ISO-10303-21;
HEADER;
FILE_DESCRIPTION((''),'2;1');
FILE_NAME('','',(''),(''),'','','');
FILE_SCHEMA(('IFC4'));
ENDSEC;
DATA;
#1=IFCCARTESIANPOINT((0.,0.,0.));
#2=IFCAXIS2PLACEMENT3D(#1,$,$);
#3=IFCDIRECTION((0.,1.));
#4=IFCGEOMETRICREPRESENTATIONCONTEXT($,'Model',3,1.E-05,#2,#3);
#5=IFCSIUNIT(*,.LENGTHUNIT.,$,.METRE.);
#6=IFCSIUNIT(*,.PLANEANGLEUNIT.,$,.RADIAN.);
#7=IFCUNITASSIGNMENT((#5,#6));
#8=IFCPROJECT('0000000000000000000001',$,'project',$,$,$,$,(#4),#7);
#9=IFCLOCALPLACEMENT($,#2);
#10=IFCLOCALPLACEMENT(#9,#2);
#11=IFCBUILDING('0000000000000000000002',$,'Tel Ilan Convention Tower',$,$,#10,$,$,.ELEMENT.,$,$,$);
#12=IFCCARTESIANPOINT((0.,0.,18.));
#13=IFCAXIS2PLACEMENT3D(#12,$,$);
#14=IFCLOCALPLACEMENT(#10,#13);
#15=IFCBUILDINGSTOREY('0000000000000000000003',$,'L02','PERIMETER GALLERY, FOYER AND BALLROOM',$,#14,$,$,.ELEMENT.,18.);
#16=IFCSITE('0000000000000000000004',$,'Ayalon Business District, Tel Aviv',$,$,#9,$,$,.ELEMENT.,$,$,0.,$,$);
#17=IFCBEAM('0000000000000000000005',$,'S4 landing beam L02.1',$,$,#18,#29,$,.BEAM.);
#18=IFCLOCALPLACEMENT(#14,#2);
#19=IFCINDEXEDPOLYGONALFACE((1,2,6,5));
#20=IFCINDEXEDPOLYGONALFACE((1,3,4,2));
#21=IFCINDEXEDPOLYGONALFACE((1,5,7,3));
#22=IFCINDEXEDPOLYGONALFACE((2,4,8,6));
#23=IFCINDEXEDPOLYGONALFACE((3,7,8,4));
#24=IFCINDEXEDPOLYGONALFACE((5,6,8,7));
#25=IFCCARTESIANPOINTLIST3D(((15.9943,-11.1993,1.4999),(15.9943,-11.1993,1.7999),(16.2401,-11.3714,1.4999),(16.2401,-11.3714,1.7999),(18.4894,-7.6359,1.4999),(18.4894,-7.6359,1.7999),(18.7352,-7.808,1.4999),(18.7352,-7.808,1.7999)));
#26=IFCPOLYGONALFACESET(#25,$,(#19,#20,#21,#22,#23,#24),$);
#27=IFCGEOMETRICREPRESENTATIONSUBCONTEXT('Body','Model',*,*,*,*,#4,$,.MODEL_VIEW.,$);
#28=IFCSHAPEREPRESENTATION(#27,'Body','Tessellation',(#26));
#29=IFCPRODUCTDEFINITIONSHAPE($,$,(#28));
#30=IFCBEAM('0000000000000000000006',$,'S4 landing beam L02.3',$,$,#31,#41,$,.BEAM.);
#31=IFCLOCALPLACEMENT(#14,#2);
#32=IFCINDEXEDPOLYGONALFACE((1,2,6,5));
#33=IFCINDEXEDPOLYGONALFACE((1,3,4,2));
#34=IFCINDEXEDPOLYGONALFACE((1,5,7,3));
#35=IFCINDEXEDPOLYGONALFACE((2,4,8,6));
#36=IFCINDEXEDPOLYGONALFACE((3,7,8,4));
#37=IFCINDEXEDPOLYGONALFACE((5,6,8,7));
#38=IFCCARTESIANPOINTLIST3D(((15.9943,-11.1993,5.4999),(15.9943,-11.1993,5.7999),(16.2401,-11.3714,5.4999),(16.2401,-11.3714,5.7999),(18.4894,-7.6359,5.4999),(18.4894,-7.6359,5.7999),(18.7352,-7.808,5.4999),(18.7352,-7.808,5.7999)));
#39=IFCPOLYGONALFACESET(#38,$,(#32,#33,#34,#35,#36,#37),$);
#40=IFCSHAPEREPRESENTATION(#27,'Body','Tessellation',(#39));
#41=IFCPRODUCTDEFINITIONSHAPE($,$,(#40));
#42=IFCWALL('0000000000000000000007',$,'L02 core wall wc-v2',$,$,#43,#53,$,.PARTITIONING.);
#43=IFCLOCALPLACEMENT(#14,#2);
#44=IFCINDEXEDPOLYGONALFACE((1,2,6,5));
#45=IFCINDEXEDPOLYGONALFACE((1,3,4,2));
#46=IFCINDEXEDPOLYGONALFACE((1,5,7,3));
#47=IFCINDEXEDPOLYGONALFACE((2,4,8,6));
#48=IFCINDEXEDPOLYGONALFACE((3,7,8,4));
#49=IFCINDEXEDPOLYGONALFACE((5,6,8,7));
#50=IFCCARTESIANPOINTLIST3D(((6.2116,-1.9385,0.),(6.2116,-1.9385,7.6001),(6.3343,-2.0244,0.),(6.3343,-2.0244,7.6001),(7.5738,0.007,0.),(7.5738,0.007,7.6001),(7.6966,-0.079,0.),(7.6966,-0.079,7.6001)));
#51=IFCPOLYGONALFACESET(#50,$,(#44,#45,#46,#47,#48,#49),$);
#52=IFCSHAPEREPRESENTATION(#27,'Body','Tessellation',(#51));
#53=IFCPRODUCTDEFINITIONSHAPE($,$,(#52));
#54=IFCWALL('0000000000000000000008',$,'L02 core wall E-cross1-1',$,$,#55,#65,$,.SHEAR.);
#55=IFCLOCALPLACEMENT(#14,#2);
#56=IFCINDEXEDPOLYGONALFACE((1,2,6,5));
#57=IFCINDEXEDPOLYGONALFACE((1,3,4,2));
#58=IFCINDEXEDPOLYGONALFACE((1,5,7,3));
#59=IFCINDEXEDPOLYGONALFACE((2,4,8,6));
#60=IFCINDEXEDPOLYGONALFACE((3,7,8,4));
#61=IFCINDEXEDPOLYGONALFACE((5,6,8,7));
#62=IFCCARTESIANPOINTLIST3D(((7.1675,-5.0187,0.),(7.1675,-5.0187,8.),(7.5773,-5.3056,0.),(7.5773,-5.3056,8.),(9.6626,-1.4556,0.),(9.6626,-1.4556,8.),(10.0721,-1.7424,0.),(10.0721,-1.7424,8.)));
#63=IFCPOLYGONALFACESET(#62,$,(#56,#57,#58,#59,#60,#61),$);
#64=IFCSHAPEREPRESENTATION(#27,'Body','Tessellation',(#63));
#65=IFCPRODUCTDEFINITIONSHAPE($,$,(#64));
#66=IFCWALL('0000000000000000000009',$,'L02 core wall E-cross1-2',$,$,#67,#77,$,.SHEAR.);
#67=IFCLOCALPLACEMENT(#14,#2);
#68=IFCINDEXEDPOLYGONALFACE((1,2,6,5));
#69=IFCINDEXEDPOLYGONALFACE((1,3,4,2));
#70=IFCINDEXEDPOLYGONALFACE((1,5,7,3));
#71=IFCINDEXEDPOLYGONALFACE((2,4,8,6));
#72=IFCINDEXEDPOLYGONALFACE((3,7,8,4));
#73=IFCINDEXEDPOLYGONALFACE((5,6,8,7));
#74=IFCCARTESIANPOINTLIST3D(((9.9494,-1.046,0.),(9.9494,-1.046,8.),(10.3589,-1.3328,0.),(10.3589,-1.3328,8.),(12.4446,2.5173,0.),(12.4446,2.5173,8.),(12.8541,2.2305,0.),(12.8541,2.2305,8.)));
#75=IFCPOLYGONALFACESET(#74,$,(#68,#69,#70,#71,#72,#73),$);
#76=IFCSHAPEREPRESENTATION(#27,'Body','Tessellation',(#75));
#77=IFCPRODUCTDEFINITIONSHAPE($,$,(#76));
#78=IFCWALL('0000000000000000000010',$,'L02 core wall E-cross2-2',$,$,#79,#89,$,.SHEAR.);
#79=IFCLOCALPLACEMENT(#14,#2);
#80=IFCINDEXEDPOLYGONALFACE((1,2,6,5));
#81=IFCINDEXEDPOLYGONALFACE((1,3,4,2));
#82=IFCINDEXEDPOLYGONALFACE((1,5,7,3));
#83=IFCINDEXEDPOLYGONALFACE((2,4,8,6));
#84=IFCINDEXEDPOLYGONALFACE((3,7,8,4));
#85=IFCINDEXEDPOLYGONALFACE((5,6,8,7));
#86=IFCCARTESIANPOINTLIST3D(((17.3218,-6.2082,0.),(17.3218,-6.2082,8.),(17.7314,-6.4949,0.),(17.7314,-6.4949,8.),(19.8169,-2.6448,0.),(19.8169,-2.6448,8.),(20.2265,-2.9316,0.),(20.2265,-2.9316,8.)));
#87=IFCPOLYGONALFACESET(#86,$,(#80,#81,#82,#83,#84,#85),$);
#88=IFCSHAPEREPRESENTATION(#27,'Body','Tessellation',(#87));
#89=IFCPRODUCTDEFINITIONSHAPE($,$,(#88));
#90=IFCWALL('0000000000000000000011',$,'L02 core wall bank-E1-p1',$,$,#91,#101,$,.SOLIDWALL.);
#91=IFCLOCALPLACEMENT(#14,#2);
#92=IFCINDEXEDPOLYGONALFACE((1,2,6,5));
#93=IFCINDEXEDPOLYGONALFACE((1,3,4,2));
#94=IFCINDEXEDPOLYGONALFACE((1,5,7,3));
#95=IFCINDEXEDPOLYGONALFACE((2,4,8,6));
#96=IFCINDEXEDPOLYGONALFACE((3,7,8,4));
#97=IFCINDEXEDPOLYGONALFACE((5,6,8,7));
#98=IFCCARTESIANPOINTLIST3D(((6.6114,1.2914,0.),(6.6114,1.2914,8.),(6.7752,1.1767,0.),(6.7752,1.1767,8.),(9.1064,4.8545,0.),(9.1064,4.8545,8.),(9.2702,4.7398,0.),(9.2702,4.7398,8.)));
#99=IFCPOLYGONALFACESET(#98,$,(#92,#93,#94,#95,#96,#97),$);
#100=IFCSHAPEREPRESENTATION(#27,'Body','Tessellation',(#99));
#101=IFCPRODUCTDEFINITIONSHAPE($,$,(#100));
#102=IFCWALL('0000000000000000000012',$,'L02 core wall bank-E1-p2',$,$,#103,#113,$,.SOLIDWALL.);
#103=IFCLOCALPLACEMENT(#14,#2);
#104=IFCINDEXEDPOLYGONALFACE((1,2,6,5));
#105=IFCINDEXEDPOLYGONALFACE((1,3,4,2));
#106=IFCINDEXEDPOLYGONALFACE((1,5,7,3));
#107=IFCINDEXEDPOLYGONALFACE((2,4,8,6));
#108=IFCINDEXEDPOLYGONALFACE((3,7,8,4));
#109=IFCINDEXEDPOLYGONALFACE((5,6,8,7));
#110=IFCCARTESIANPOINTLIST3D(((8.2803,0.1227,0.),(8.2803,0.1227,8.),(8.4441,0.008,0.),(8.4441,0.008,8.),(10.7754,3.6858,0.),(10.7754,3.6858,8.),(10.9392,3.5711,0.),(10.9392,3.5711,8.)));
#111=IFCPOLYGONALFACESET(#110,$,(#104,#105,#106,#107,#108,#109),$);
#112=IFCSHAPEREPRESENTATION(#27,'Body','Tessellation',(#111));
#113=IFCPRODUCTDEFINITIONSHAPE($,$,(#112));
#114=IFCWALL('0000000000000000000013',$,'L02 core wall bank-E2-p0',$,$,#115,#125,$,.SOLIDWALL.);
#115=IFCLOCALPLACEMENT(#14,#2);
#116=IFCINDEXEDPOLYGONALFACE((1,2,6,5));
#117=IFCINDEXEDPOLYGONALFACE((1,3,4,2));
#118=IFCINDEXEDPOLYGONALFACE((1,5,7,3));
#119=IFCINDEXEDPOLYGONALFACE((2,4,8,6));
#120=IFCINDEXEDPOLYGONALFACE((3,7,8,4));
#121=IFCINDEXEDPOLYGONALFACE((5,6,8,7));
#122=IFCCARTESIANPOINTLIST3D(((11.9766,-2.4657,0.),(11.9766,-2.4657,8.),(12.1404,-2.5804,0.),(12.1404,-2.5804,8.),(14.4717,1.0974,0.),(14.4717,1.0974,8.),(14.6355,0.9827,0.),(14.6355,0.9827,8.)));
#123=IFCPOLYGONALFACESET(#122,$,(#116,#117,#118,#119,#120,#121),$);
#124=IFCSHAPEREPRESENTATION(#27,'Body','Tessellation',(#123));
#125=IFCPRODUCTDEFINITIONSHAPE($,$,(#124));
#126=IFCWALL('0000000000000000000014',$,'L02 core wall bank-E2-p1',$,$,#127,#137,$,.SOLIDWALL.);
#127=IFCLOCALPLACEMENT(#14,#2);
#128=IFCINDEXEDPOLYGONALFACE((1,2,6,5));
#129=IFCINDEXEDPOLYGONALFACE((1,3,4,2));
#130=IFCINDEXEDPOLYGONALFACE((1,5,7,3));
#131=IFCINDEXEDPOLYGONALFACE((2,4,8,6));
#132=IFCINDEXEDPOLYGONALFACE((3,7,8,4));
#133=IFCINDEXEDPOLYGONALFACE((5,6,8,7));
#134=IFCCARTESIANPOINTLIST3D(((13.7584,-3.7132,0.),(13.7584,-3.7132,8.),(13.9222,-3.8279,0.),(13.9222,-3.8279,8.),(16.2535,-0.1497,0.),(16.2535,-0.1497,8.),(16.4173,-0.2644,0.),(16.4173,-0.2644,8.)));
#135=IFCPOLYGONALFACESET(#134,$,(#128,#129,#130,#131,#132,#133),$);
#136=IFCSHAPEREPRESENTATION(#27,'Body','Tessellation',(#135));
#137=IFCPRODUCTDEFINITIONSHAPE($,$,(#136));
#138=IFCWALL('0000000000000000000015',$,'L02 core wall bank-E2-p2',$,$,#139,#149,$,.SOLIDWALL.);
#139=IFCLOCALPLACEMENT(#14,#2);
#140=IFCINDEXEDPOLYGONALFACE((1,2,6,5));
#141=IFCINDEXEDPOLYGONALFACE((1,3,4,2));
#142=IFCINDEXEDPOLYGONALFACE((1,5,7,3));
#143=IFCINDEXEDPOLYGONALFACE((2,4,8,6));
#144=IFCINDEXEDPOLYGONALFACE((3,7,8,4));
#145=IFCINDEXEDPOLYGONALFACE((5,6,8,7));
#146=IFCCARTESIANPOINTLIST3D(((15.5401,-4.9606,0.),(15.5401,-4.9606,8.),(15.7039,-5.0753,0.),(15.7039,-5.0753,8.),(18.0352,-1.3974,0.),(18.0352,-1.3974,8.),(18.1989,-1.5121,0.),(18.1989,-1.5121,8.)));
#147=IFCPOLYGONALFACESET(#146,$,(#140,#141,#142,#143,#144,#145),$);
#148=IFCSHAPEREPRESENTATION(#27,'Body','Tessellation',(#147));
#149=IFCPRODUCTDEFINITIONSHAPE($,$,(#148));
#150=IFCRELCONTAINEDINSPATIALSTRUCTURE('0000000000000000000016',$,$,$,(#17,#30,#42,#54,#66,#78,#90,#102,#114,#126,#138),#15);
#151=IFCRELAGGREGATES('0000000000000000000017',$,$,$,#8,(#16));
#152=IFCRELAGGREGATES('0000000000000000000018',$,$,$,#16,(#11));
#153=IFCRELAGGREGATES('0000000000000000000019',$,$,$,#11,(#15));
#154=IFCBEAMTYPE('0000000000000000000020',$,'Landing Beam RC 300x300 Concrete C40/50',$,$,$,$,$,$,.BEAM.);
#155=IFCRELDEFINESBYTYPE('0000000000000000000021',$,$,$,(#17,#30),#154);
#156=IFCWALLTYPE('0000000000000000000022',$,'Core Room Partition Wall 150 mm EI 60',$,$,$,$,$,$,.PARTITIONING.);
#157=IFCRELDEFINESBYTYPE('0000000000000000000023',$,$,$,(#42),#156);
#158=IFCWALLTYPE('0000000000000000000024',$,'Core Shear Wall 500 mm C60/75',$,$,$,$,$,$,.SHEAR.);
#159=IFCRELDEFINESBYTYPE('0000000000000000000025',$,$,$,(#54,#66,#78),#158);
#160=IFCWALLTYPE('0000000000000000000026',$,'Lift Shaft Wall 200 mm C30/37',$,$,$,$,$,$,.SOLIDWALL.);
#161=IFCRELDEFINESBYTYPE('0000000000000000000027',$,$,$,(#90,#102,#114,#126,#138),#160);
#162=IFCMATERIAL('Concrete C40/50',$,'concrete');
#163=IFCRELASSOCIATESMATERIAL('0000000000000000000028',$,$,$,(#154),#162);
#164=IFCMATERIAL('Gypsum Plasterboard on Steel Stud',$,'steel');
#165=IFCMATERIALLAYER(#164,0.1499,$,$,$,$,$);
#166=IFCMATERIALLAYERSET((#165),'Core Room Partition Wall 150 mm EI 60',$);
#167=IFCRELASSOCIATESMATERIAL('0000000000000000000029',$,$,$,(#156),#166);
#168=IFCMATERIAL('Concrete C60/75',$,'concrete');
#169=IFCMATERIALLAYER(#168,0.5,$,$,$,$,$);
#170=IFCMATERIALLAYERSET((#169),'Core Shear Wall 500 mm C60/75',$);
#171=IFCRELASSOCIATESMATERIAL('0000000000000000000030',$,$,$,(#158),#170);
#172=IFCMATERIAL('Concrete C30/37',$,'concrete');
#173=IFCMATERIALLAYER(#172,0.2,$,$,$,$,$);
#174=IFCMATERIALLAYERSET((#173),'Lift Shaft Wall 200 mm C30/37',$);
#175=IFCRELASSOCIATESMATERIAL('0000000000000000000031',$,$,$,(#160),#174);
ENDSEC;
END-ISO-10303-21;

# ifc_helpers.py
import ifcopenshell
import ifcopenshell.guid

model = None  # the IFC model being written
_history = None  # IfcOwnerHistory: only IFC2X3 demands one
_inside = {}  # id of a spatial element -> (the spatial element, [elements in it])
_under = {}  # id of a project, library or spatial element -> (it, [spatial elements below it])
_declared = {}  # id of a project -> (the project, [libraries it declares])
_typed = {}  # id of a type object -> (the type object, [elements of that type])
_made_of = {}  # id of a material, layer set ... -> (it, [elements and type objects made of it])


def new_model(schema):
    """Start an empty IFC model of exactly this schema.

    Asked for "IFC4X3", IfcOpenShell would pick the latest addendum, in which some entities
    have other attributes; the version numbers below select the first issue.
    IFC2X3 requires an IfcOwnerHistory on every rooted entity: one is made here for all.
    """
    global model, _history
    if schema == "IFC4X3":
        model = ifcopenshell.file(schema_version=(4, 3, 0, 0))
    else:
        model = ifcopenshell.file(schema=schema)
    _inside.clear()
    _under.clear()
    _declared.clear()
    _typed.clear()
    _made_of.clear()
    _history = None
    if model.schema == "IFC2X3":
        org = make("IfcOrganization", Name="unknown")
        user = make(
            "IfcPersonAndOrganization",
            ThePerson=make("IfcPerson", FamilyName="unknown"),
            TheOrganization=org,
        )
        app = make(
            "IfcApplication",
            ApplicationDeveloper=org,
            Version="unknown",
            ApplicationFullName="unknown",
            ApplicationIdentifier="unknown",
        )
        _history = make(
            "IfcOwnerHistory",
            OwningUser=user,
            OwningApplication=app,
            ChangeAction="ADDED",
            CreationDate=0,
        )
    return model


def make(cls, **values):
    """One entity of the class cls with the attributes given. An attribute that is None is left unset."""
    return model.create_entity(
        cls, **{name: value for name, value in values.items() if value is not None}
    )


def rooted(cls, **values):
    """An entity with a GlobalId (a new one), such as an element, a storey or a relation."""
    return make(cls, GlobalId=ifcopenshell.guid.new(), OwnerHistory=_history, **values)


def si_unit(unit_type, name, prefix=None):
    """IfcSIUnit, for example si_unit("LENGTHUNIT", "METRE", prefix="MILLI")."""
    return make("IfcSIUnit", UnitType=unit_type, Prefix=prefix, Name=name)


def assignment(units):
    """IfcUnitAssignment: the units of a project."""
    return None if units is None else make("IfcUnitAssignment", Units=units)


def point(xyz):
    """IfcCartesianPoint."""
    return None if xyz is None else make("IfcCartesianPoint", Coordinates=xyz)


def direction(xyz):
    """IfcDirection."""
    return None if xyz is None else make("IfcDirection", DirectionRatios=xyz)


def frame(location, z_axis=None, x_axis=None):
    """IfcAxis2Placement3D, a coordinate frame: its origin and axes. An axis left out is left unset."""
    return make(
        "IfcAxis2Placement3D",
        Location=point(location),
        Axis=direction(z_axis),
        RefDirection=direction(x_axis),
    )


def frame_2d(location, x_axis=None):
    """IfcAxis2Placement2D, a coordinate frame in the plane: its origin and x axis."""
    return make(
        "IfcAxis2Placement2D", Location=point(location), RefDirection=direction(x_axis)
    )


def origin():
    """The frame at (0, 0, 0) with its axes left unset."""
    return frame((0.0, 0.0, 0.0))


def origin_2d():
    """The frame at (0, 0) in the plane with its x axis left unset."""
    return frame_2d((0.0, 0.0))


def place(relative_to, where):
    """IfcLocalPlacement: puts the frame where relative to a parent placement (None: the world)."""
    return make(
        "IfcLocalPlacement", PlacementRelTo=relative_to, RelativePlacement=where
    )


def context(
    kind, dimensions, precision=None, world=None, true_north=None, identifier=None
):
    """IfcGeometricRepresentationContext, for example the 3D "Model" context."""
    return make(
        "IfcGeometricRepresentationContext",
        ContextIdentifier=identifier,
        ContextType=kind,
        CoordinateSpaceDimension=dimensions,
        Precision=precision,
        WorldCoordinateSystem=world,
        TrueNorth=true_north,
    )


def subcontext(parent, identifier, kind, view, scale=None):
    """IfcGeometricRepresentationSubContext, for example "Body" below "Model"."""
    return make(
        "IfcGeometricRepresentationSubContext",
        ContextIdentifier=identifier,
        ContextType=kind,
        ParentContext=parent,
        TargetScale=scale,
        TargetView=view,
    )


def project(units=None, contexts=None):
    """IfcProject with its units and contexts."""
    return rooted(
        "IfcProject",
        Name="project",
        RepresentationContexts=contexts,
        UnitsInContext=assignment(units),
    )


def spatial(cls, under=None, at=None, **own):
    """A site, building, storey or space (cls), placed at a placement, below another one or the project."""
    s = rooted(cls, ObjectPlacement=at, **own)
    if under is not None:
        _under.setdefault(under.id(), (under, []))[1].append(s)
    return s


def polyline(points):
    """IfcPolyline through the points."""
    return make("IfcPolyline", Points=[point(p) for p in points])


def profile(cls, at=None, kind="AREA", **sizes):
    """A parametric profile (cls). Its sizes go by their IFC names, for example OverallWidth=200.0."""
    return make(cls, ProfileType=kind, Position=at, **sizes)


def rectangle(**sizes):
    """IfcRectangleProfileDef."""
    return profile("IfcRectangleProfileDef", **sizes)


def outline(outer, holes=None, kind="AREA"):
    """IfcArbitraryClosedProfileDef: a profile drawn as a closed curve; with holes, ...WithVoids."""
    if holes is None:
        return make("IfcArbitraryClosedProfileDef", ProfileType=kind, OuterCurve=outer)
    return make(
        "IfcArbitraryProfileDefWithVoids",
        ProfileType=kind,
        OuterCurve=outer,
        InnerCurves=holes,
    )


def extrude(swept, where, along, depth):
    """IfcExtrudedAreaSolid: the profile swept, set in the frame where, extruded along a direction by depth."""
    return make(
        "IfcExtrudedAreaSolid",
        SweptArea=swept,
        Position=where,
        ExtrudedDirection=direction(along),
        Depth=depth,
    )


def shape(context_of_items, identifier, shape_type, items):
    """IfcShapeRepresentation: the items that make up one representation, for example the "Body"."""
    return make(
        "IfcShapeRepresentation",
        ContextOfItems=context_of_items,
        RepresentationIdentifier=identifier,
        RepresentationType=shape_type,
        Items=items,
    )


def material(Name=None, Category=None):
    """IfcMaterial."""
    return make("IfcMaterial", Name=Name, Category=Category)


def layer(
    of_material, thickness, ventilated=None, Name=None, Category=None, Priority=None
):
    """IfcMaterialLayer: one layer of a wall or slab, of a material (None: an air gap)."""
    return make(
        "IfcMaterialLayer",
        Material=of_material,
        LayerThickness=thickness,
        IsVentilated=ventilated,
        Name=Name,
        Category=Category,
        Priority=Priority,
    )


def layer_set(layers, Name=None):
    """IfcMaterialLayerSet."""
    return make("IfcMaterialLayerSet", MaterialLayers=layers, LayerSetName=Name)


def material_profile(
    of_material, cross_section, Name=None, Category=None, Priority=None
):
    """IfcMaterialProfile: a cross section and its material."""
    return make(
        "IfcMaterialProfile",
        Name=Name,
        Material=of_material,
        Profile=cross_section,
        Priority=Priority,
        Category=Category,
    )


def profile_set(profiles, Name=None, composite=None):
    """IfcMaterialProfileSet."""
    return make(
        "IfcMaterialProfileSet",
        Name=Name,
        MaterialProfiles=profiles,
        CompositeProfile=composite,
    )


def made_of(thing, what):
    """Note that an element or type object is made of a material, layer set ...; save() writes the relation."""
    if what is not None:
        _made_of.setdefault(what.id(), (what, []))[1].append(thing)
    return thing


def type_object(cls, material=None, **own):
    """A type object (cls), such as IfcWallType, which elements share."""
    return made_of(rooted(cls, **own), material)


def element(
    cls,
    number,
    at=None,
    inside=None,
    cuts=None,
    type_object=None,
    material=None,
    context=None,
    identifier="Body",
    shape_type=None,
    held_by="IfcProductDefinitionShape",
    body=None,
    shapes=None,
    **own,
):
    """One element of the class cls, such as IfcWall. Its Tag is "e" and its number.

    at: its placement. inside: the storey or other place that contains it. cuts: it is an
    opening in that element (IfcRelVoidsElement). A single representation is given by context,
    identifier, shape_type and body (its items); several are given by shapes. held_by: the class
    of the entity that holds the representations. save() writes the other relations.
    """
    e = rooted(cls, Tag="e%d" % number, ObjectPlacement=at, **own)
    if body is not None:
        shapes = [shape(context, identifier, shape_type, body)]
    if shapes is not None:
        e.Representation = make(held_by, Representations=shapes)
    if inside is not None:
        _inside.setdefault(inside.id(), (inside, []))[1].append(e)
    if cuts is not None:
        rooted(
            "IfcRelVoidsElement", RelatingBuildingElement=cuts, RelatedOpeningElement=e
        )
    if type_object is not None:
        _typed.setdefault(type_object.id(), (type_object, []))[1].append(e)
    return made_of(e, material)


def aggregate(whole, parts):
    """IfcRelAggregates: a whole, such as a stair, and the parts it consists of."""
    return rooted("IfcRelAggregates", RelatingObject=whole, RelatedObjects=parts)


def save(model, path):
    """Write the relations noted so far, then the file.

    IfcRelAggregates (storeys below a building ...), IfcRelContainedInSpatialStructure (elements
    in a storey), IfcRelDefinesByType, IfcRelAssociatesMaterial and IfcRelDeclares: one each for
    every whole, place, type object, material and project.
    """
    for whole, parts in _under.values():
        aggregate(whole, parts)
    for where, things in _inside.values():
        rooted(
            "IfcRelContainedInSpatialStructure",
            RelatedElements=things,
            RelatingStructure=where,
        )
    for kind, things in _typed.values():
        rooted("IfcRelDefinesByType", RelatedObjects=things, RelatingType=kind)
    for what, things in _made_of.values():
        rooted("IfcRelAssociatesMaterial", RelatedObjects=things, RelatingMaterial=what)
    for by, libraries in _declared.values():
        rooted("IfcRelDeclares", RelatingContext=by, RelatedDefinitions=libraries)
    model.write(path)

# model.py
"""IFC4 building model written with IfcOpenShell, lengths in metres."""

from ifc_helpers import new_model, si_unit, direction, frame, frame_2d, origin, origin_2d, place, context, subcontext, project, spatial, polyline, rectangle, outline, extrude, material, layer, layer_set, material_profile, profile_set, type_object, element, save


model = new_model("IFC4")

# Units and contexts
model_context = context("Model", 3, precision=1e-05, world=origin(), true_north=direction((0.0, 1.0)))
body_context = subcontext(model_context, "Body", "Model", "MODEL_VIEW")
ifc_project = project(units=[si_unit("LENGTHUNIT", "METRE"), si_unit("PLANEANGLEUNIT", "RADIAN")], contexts=[model_context])

# Site, building, storey
site_placement = place(None, origin())
site = spatial("IfcSite", under=ifc_project, at=site_placement, Name="Ayalon Business District, Tel Aviv", CompositionType="ELEMENT", RefElevation=0.0)
building_placement = place(site_placement, origin())
building = spatial("IfcBuilding", under=site, at=building_placement, Name="Tel Ilan Convention Tower", CompositionType="ELEMENT")
storey_placement = place(building_placement, frame((0.0, 0.0, 18.0)))
storey = spatial("IfcBuildingStorey", under=building, at=storey_placement, Name="L02", Description="PERIMETER GALLERY, FOYER AND BALLROOM", CompositionType="ELEMENT", Elevation=18.0)

# Beams
ifc_material_1 = material(Name="Concrete C40/50", Category="concrete")
ifc_material_profile = material_profile(ifc_material_1, rectangle(XDim=0.3, YDim=0.3, at=origin_2d()), Name="RC 300x300")
ifc_profile_set = profile_set([ifc_material_profile], Name="Concrete C40/50")
beam_type = type_object("IfcBeamType", Name="Landing Beam RC 300x300 Concrete C40/50", PredefinedType="BEAM", material=ifc_profile_set)
for number, where, z_axis, x_axis, name in (
    (1, (18.6123, -7.7219, 1.6499), (-0.573568, -0.819158, 0.0), (0.819158, -0.573568, 0.0), "S4 landing beam L02.1"),
    (2, (18.6123, -7.7219, 5.6499), (-0.573568, -0.819158, 0.0), (0.819158, -0.573568, 0.0), "S4 landing beam L02.3"),
):
    element("IfcBeam", number, at=place(storey_placement, frame(where, z_axis=z_axis, x_axis=x_axis)), inside=storey, type_object=beam_type, Name=name, PredefinedType="BEAM", context=body_context, shape_type="SweptSolid", body=[
        extrude(rectangle(XDim=0.3, YDim=0.3, at=origin_2d()), origin(), (0.0, 0.0, 1.0), 4.3501),
    ])

# Walls
ifc_material_2 = material(Name="Gypsum Plasterboard on Steel Stud", Category="steel")
ifc_layer_1 = layer(ifc_material_2, 0.1499)
ifc_layer_set_1 = layer_set([ifc_layer_1], Name="Core Room Partition Wall 150 mm EI 60")
wall_type_1 = type_object("IfcWallType", Name="Core Room Partition Wall 150 mm EI 60", PredefinedType="PARTITIONING", material=ifc_layer_set_1)
wall_1_placement = place(storey_placement, frame((6.2729, -1.9814, 0.0), z_axis=(0.0, 0.0, 1.0), x_axis=(0.57358, 0.81915, 0.0)))
element("IfcWall", 3, at=wall_1_placement, inside=storey, type_object=wall_type_1, Name="L02 core wall wc-v2", PredefinedType="PARTITIONING", context=body_context, shape_type="SweptSolid", body=[
    extrude(rectangle(XDim=2.375, YDim=0.1499, at=frame_2d((1.1875, 0.0))), origin(), (0.0, 0.0, 1.0), 7.6001),
])
ifc_material_3 = material(Name="Concrete C60/75", Category="concrete")
ifc_layer_2 = layer(ifc_material_3, 0.5)
ifc_layer_set_2 = layer_set([ifc_layer_2], Name="Core Shear Wall 500 mm C60/75")
wall_type_2 = type_object("IfcWallType", Name="Core Shear Wall 500 mm C60/75", PredefinedType="SHEAR", material=ifc_layer_set_2)
wall_2_placement = place(storey_placement, frame((7.3723, -5.1621, 0.0), z_axis=(0.0, 0.0, 1.0), x_axis=(0.573594, 0.81914, 0.0)))
element("IfcWall", 4, at=wall_2_placement, inside=storey, type_object=wall_type_2, Name="L02 core wall E-cross1-1", PredefinedType="SHEAR", context=body_context, shape_type="SweptSolid", body=[
    extrude(outline(polyline([(0.0, 0.25), (0.0, -0.2502), (4.3499, -0.25), (4.3499, 0.25), (0.0, 0.25)])), origin(), (0.0, 0.0, 1.0), 8.0),
])
wall_3_placement = place(storey_placement, frame((10.1543, -1.1892, 0.0), z_axis=(0.0, 0.0, 1.0), x_axis=(0.573594, 0.81914, 0.0)))
element("IfcWall", 5, at=wall_3_placement, inside=storey, type_object=wall_type_2, Name="L02 core wall E-cross1-2", PredefinedType="SHEAR", context=body_context, shape_type="SweptSolid", body=[
    extrude(outline(polyline([(4.3499, -0.25), (4.3499, 0.25), (-0.0002, 0.25), (-0.0002, -0.25), (4.3499, -0.25)])), origin(), (0.0, 0.0, 1.0), 8.0),
])
wall_4_placement = place(storey_placement, frame((17.5266, -6.3516, 0.0), z_axis=(0.0, 0.0, 1.0), x_axis=(0.57353, 0.819184, 0.0)))
element("IfcWall", 6, at=wall_4_placement, inside=storey, type_object=wall_type_2, Name="L02 core wall E-cross2-2", PredefinedType="SHEAR", context=body_context, shape_type="SweptSolid", body=[
    extrude(outline(polyline([(4.3501, -0.2502), (4.3501, 0.2498), (0.0, 0.25), (0.0, -0.25), (4.3501, -0.2502)])), origin(), (0.0, 0.0, 1.0), 8.0),
])
ifc_material_4 = material(Name="Concrete C30/37", Category="concrete")
ifc_layer_3 = layer(ifc_material_4, 0.2)
ifc_layer_set_3 = layer_set([ifc_layer_3], Name="Lift Shaft Wall 200 mm C30/37")
wall_type_3 = type_object("IfcWallType", Name="Lift Shaft Wall 200 mm C30/37", PredefinedType="SOLIDWALL", material=ifc_layer_set_3)
for number, where, z_axis, x_axis, name in (
    (7, (6.6934, 1.2341, 0.0), (0.0, 0.0, 1.0), (0.573594, 0.81914, 0.0), "L02 core wall bank-E1-p1"),
    (8, (8.3623, 0.0654, 0.0), (0.0, 0.0, 1.0), (0.573594, 0.81914, 0.0), "L02 core wall bank-E1-p2"),
    (9, (12.0586, -2.5229, 0.0), (0.0, 0.0, 1.0), (0.573594, 0.81914, 0.0), "L02 core wall bank-E2-p0"),
):
    element("IfcWall", number, at=place(storey_placement, frame(where, z_axis=z_axis, x_axis=x_axis)), inside=storey, type_object=wall_type_3, Name=name, PredefinedType="SOLIDWALL", context=body_context, shape_type="SweptSolid", body=[
        extrude(rectangle(XDim=4.3499, YDim=0.2, at=frame_2d((2.1748, 0.0))), origin(), (0.0, 0.0, 1.0), 8.0),
    ])
wall_5_placement = place(storey_placement, frame((13.8403, -3.7705, 0.0), z_axis=(0.0, 0.0, 1.0), x_axis=(0.573568, 0.819158, 0.0)))
element("IfcWall", 10, at=wall_5_placement, inside=storey, type_object=wall_type_3, Name="L02 core wall bank-E2-p1", PredefinedType="SOLIDWALL", context=body_context, shape_type="SweptSolid", body=[
    extrude(rectangle(XDim=4.3501, YDim=0.2, at=frame_2d((2.175, 0.0))), origin(), (0.0, 0.0, 1.0), 8.0),
])
wall_6_placement = place(storey_placement, frame((15.6221, -5.0178, 0.0), z_axis=(0.0, 0.0, 1.0), x_axis=(0.573594, 0.81914, 0.0)))
element("IfcWall", 11, at=wall_6_placement, inside=storey, type_object=wall_type_3, Name="L02 core wall bank-E2-p2", PredefinedType="SOLIDWALL", context=body_context, shape_type="SweptSolid", body=[
    extrude(rectangle(XDim=4.3499, YDim=0.2, at=frame_2d((2.1748, 0.0))), origin(), (0.0, 0.0, 1.0), 8.0),
])

save(model, "model.ifc")
